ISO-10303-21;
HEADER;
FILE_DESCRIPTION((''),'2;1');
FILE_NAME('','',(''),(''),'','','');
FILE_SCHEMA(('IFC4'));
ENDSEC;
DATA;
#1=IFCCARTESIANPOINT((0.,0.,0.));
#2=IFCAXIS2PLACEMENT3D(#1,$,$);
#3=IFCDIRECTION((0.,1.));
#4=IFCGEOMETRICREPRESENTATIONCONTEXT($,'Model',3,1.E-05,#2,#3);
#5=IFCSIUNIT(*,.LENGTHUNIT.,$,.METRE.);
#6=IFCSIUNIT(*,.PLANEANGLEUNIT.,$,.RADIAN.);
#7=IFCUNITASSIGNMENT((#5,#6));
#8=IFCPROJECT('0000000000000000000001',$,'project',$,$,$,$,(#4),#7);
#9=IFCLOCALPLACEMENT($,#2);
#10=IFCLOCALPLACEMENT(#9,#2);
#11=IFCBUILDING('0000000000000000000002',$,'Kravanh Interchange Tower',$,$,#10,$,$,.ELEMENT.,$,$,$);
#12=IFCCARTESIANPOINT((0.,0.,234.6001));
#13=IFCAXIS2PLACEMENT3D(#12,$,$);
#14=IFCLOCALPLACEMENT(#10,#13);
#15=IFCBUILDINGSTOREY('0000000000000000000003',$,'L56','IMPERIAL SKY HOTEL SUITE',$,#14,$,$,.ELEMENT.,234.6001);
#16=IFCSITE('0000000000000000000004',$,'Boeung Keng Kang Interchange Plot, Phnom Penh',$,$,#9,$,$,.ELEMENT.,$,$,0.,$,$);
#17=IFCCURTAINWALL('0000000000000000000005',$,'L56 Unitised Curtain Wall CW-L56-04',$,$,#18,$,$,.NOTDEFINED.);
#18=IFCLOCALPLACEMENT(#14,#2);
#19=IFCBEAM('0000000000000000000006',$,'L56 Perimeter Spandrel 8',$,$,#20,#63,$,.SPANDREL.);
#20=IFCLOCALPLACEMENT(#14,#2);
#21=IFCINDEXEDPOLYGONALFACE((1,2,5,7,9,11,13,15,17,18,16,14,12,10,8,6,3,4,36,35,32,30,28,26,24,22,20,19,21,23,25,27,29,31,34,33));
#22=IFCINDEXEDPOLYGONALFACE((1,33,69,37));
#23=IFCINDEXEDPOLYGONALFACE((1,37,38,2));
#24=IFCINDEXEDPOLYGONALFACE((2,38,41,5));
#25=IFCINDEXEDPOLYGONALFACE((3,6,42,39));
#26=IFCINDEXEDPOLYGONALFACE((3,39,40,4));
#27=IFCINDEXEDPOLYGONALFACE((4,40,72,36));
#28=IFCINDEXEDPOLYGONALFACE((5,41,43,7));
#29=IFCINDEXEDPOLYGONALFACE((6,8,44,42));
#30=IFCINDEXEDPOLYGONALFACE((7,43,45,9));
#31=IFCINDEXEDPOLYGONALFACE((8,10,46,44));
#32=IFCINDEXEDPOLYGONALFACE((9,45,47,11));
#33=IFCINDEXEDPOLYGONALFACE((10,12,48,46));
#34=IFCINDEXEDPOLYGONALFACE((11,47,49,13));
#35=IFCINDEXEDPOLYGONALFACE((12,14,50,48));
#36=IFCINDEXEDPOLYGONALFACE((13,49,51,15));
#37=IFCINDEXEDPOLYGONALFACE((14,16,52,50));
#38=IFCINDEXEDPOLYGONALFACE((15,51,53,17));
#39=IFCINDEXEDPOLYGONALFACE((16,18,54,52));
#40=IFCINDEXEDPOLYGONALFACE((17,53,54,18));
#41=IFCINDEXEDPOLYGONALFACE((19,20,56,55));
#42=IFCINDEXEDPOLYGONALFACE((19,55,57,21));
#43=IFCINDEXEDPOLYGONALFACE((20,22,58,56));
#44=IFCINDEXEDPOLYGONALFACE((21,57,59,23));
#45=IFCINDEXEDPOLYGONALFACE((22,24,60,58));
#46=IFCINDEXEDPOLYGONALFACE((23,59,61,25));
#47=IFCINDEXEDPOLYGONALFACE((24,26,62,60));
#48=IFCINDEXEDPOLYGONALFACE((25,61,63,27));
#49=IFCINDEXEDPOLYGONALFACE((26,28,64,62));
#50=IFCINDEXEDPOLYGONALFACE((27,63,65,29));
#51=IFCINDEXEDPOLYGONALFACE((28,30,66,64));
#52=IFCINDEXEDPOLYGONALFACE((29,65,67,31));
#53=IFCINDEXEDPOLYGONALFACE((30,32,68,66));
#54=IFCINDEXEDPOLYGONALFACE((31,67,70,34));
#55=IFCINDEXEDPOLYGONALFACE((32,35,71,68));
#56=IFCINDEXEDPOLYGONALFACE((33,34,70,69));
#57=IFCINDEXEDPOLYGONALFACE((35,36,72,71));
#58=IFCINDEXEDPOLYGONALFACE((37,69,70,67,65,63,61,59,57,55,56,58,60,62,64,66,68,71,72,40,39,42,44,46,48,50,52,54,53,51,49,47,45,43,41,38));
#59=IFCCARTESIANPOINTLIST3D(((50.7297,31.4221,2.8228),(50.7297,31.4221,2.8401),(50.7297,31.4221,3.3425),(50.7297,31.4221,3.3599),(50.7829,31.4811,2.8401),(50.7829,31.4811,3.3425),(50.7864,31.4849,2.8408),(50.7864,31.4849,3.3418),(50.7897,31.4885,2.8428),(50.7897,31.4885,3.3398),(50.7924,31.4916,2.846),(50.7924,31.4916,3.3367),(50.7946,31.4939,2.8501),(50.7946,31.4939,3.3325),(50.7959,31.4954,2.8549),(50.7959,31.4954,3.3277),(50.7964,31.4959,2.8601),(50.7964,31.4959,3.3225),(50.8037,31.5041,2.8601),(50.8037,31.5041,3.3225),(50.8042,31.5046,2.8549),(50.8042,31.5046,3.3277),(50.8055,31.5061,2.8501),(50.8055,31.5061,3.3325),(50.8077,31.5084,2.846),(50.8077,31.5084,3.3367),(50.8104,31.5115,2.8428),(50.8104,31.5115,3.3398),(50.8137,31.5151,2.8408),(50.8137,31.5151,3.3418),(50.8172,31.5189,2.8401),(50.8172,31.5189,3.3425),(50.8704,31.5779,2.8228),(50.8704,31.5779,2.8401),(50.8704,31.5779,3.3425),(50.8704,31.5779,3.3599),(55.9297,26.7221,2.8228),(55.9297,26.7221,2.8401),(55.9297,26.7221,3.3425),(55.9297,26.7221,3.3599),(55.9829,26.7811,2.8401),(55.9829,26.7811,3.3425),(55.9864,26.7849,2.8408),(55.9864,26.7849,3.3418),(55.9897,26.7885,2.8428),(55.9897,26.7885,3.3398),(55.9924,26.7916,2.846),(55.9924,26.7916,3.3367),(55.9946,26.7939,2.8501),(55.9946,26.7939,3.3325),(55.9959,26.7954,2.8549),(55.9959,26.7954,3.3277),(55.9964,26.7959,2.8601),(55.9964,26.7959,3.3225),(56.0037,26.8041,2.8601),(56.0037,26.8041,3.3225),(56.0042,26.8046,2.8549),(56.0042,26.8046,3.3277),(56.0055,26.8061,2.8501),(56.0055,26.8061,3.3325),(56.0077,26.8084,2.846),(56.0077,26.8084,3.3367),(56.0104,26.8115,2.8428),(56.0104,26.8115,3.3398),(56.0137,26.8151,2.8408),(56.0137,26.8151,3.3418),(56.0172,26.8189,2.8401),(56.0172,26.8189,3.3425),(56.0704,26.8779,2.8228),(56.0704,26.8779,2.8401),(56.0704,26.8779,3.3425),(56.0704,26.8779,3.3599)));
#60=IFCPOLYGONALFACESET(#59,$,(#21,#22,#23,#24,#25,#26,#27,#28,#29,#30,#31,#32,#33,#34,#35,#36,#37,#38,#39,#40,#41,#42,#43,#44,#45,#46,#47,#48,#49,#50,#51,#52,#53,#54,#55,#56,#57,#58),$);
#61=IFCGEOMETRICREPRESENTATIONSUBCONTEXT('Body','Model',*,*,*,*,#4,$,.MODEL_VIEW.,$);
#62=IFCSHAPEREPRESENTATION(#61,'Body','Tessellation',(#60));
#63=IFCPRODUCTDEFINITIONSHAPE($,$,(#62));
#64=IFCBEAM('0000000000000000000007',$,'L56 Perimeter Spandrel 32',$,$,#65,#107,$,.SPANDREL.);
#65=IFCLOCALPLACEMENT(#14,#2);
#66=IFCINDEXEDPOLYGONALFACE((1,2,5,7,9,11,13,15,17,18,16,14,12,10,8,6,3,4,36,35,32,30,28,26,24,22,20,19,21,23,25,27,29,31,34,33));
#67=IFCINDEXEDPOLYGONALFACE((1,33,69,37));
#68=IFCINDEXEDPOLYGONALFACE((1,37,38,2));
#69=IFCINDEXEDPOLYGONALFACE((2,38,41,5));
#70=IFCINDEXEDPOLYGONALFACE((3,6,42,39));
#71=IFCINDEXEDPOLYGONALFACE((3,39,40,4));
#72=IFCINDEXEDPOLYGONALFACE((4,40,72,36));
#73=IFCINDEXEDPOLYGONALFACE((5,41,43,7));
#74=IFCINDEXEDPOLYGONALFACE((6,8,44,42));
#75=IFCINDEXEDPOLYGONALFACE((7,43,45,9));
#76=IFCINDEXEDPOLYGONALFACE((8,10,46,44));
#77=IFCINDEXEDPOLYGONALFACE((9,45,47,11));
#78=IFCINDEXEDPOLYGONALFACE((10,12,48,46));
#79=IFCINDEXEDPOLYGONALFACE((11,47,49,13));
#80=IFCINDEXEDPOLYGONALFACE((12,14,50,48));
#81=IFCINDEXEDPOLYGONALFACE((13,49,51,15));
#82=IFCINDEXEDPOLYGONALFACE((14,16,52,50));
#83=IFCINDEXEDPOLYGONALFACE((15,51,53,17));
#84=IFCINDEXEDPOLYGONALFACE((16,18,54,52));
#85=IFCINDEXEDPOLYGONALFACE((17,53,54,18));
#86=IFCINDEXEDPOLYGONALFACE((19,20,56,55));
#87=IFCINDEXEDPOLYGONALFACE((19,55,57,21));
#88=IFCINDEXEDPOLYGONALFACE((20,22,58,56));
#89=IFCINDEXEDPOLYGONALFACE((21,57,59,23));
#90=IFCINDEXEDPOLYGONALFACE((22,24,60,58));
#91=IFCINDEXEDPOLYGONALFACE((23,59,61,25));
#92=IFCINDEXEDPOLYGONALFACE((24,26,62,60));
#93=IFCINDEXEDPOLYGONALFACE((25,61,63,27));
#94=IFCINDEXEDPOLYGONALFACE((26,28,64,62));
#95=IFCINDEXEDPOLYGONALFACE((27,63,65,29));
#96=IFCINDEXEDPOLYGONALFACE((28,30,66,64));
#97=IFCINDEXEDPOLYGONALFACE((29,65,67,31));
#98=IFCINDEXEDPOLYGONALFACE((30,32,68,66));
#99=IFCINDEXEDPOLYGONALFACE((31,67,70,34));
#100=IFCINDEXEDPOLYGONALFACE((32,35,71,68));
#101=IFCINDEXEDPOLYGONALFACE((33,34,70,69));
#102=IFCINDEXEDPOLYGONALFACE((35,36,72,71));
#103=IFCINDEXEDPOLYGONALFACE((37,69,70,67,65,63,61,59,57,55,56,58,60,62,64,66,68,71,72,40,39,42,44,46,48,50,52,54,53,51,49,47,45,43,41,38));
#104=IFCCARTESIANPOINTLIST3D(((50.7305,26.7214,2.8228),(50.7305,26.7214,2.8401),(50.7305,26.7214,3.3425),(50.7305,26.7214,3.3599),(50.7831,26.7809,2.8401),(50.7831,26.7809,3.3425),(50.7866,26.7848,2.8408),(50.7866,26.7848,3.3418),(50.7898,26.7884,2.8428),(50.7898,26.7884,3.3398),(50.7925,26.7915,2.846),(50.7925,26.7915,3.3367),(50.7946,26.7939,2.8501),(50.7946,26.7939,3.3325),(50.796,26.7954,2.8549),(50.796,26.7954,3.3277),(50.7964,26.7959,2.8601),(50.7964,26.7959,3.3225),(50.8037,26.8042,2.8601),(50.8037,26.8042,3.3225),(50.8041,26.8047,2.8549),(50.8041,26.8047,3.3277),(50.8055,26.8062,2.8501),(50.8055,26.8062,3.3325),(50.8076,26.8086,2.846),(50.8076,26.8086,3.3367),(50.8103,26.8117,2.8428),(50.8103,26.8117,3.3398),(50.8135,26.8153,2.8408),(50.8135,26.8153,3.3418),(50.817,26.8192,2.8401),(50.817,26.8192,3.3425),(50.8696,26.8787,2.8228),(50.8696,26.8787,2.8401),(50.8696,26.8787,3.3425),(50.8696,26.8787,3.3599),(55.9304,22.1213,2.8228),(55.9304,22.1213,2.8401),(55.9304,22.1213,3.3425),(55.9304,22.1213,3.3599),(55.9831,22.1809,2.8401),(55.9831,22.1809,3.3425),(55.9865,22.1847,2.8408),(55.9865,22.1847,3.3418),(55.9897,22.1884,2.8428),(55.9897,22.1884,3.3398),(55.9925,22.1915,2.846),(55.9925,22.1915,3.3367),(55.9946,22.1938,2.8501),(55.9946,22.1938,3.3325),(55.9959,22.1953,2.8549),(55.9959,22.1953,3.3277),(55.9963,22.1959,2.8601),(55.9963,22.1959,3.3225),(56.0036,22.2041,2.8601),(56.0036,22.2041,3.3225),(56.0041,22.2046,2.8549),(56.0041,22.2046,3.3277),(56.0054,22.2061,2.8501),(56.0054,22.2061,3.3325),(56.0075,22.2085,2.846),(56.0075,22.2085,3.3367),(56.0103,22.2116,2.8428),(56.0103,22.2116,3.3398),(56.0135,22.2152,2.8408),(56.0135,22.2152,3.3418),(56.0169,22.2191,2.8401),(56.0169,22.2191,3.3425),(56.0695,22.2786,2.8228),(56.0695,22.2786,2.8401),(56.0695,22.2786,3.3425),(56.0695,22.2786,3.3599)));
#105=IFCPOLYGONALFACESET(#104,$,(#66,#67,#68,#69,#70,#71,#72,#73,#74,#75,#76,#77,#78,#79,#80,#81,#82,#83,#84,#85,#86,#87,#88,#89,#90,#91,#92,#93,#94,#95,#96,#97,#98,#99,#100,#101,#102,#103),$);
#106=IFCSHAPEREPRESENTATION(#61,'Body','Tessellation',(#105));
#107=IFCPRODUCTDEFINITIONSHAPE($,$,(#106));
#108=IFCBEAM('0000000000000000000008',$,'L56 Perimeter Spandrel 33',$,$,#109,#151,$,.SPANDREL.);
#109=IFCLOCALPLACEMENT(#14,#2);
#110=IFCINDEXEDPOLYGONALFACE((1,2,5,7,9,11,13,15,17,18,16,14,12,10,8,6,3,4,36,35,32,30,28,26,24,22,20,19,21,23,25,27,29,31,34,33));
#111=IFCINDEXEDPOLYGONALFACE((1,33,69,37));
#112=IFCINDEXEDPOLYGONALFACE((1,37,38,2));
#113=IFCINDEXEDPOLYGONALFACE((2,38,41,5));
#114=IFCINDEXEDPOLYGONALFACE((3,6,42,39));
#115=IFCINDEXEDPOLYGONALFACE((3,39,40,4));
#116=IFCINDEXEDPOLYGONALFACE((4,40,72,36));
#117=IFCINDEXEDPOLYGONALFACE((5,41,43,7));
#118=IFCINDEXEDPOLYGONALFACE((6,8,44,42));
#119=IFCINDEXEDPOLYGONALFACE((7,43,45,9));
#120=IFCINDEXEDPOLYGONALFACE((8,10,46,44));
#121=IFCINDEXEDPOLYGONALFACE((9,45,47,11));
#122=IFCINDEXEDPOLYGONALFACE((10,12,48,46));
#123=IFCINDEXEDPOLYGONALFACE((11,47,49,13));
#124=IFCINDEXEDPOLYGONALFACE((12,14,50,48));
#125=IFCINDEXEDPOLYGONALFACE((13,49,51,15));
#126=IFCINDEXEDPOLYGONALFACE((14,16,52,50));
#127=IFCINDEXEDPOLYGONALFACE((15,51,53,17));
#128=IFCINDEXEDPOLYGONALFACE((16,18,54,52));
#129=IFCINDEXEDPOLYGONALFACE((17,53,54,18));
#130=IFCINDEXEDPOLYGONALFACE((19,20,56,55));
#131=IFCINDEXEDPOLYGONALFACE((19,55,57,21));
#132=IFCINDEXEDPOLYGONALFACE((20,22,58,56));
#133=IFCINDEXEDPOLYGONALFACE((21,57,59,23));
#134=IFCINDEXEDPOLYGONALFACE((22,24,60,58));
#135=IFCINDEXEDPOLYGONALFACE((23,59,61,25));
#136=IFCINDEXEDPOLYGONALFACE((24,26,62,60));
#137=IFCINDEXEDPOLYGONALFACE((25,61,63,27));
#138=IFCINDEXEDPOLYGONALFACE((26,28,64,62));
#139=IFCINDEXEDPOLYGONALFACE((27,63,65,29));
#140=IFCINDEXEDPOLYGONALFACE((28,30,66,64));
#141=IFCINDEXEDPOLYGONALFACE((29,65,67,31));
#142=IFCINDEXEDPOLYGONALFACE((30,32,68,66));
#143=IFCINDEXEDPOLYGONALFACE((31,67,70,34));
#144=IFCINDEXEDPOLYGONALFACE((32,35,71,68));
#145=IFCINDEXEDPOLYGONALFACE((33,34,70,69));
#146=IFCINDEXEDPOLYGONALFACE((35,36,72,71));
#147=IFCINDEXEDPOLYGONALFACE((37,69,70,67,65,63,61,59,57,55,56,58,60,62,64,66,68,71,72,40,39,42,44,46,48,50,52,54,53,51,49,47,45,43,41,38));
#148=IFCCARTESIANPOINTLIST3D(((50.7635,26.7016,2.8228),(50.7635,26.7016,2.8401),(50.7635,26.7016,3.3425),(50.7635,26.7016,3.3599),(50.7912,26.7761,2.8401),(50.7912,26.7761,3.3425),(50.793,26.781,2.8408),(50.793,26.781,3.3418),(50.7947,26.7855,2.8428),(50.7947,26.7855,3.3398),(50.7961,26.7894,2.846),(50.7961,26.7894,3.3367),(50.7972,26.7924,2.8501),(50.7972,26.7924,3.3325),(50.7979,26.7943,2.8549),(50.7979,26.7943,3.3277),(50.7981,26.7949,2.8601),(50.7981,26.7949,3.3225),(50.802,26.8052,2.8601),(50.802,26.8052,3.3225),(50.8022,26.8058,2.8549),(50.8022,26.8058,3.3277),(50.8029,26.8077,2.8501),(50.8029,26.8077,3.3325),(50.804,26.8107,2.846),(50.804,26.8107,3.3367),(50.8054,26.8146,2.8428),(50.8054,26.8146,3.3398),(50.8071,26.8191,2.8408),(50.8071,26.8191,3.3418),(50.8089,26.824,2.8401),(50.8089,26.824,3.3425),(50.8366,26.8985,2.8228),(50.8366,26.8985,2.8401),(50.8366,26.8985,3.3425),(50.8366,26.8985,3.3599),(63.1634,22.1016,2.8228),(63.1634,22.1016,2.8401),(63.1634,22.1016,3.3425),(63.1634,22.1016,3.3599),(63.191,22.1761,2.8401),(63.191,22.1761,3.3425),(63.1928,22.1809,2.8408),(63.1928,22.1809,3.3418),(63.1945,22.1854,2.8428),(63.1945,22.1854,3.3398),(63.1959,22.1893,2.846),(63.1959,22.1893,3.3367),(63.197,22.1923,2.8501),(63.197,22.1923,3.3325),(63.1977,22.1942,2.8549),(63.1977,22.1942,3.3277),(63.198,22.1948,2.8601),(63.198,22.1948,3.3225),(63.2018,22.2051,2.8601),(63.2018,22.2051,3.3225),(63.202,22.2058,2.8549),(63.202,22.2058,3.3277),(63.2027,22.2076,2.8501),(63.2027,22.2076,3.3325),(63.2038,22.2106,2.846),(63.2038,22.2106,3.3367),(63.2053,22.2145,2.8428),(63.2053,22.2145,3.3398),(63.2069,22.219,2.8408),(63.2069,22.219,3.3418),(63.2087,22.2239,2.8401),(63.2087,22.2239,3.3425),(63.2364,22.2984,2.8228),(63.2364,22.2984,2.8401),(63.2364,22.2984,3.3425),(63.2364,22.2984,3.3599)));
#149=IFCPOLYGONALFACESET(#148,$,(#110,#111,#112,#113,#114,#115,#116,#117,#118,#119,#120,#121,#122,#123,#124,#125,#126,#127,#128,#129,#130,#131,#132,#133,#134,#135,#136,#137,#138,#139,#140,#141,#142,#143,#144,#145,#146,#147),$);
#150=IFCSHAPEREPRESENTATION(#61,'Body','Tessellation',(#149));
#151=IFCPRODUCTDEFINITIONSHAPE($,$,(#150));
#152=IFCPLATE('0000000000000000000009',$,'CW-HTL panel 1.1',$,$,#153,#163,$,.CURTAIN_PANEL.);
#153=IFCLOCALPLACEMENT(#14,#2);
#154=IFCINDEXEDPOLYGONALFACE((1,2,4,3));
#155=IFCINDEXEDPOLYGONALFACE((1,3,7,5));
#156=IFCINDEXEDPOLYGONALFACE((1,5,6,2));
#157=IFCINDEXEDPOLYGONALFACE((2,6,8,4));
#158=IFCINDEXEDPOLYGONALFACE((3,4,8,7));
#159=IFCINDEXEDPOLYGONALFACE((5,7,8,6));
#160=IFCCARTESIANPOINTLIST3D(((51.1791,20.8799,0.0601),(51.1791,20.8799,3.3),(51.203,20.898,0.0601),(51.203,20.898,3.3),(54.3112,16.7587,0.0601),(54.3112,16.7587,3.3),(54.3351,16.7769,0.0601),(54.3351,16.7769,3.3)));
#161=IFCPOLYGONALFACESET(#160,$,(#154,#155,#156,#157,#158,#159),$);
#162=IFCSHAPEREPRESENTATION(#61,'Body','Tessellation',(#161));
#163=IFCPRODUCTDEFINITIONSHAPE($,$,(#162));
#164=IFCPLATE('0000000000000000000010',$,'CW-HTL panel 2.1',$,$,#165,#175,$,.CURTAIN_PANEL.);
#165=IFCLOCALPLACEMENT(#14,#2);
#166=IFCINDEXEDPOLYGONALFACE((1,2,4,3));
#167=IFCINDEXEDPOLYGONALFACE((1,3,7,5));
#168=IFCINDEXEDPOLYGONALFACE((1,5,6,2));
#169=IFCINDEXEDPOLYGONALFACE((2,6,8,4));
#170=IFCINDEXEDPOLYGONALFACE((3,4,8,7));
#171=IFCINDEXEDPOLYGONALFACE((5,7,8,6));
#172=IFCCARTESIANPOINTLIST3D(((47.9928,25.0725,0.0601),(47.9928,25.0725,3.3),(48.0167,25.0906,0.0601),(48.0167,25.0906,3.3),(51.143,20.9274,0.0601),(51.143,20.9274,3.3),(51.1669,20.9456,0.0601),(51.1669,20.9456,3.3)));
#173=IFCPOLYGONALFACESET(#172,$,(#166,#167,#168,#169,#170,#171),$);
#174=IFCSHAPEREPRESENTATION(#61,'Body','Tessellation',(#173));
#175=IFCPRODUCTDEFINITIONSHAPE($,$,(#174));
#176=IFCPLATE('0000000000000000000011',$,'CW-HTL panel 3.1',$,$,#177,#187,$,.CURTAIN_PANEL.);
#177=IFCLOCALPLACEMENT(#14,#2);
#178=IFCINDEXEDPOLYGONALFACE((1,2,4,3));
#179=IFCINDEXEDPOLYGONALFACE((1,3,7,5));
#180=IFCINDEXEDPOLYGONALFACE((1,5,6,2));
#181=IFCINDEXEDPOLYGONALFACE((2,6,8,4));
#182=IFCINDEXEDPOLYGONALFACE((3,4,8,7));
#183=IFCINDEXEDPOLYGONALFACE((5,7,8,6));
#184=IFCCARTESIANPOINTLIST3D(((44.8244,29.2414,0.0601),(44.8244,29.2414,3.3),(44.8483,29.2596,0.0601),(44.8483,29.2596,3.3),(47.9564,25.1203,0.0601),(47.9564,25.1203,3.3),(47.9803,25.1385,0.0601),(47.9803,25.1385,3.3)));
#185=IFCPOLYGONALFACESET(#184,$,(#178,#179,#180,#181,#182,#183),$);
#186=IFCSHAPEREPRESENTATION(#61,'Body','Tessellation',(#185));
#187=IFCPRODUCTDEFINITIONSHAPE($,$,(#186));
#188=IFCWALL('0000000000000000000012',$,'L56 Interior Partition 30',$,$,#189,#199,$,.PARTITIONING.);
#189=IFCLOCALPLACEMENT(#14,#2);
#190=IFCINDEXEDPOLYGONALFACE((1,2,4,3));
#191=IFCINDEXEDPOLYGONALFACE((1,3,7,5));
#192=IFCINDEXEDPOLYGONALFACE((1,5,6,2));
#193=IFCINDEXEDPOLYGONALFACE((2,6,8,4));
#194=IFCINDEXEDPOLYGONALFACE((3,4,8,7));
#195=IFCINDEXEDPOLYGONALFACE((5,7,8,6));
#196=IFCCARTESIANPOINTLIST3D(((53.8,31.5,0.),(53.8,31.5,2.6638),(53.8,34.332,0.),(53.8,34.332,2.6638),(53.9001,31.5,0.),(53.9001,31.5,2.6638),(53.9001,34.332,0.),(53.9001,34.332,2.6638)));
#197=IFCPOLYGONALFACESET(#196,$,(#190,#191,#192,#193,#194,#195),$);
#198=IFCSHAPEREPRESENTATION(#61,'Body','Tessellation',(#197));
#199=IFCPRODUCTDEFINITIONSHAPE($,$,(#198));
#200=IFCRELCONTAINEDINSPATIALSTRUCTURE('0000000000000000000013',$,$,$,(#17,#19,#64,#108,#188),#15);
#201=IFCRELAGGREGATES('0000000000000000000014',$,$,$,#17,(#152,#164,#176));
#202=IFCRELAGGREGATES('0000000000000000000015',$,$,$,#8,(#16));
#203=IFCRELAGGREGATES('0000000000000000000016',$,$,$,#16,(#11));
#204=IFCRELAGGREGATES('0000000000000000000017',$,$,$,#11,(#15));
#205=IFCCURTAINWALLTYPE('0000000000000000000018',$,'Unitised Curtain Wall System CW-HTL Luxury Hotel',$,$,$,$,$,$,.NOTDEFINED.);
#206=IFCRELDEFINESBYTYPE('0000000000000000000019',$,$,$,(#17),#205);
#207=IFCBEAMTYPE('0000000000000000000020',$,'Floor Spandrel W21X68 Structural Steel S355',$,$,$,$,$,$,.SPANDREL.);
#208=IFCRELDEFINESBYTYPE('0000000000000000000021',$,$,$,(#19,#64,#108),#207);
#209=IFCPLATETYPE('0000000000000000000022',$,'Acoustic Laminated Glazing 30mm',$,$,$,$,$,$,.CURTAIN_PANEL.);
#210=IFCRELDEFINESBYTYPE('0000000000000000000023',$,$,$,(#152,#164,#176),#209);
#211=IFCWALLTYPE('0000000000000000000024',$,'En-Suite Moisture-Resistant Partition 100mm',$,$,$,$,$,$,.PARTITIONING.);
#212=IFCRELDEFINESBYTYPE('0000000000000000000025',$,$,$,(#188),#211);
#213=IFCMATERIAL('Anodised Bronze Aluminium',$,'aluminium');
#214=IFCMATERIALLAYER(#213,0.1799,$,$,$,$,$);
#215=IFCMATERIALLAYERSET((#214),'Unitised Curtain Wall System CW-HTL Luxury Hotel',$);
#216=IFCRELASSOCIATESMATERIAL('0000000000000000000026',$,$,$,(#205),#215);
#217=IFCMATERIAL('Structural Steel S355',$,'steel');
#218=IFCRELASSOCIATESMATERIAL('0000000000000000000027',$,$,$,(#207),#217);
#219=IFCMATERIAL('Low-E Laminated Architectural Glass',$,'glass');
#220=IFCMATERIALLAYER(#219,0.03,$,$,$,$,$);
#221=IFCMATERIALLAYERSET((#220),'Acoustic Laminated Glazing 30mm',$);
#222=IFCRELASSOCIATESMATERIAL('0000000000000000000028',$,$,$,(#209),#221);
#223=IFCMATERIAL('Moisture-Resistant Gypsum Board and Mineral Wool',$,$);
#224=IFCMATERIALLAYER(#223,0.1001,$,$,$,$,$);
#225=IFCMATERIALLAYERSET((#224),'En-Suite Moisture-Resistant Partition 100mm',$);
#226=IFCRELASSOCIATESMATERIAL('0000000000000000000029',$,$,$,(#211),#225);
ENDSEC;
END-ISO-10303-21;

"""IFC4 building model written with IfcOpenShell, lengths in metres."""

from ifc_helpers import new_model, si_unit, direction, frame, frame_2d, origin, origin_2d, place, context, subcontext, project, spatial, rectangle, i_section, extrude, material, layer, layer_set, material_profile, profile_set, type_object, element, aggregate, save


model = new_model("IFC4")

# Units and contexts
model_context = context("Model", 3, precision=1e-05, world=origin(), true_north=direction((0.0, 1.0)))
body_context = subcontext(model_context, "Body", "Model", "MODEL_VIEW")
ifc_project = project(units=[si_unit("LENGTHUNIT", "METRE"), si_unit("PLANEANGLEUNIT", "RADIAN")], contexts=[model_context])

# Site, building, storey
site_placement = place(None, origin())
site = spatial("IfcSite", under=ifc_project, at=site_placement, Name="Boeung Keng Kang Interchange Plot, Phnom Penh", CompositionType="ELEMENT", RefElevation=0.0)
building_placement = place(site_placement, origin())
building = spatial("IfcBuilding", under=site, at=building_placement, Name="Kravanh Interchange Tower", CompositionType="ELEMENT")
storey_placement = place(building_placement, frame((0.0, 0.0, 234.6001)))
storey = spatial("IfcBuildingStorey", under=building, at=storey_placement, Name="L56", Description="IMPERIAL SKY HOTEL SUITE", CompositionType="ELEMENT", Elevation=234.6001)

# Shared definitions
ifc_material_1 = material(Name="Anodised Bronze Aluminium", Category="aluminium")
ifc_layer_1 = layer(ifc_material_1, 0.1799)
ifc_layer_set_1 = layer_set([ifc_layer_1], Name="Unitised Curtain Wall System CW-HTL Luxury Hotel")
curtain_wall_type = type_object("IfcCurtainWallType", Name="Unitised Curtain Wall System CW-HTL Luxury Hotel", PredefinedType="NOTDEFINED", material=ifc_layer_set_1)

# Curtain wall
curtain_wall_1_placement = place(storey_placement, origin())
curtain_wall_1 = element("IfcCurtainWall", 1, at=curtain_wall_1_placement, inside=storey, type_object=curtain_wall_type, Name="L56 Unitised Curtain Wall CW-L56-04", PredefinedType="NOTDEFINED")

# Beams
ifc_material_2 = material(Name="Structural Steel S355", Category="steel")
ifc_material_profile_1 = material_profile(ifc_material_2, i_section(OverallWidth=0.21, OverallDepth=0.5371, WebThickness=0.011, FlangeThickness=0.0173, FilletRadius=0.02, at=origin_2d()), Name="W21X68")
ifc_profile_set_1 = profile_set([ifc_material_profile_1], Name="Structural Steel S355")
beam_type_1 = type_object("IfcBeamType", Name="Floor Spandrel W21X68 Structural Steel S355", PredefinedType="SPANDREL", material=ifc_profile_set_1)
beam_1_placement = place(storey_placement, frame((50.8, 31.5, 3.0913), z_axis=(0.741874, -0.670539, 0.0), x_axis=(0.670539, 0.741874, 0.0)))
element("IfcBeam", 2, at=beam_1_placement, inside=storey, type_object=beam_type_1, Name="L56 Perimeter Spandrel 8", PredefinedType="SPANDREL", context=body_context, shape_type="SweptSolid", body=[
    extrude(i_section(OverallWidth=0.21, OverallDepth=0.5371, WebThickness=0.011, FlangeThickness=0.0173, FilletRadius=0.02, at=origin_2d()), origin(), (0.0, 0.0, 1.0), 7.0093),
])
beam_2_placement = place(storey_placement, frame((50.8, 26.8, 3.0913), z_axis=(0.748986, -0.662585, 0.0), x_axis=(0.662585, 0.748986, 0.0)))
element("IfcBeam", 3, at=beam_2_placement, inside=storey, type_object=beam_type_1, Name="L56 Perimeter Spandrel 32", PredefinedType="SPANDREL", context=body_context, shape_type="SweptSolid", body=[
    extrude(i_section(OverallWidth=0.21, OverallDepth=0.5371, WebThickness=0.011, FlangeThickness=0.0173, FilletRadius=0.02, at=origin_2d()), origin(), (0.0, 0.0, 1.0), 6.9426),
])
beam_3_placement = place(storey_placement, frame((50.8, 26.8, 3.0913), z_axis=(0.937563, -0.347816, 0.0), x_axis=(0.347816, 0.937563, 0.0)))
element("IfcBeam", 4, at=beam_3_placement, inside=storey, type_object=beam_type_1, Name="L56 Perimeter Spandrel 33", PredefinedType="SPANDREL", context=body_context, shape_type="SweptSolid", body=[
    extrude(i_section(OverallWidth=0.21, OverallDepth=0.5371, WebThickness=0.011, FlangeThickness=0.0173, FilletRadius=0.02, at=origin_2d()), origin(), (0.0, 0.0, 1.0), 13.2256),
])

# Plates
ifc_material_3 = material(Name="Low-E Laminated Architectural Glass", Category="glass")
ifc_layer_2 = layer(ifc_material_3, 0.03)
ifc_layer_set_2 = layer_set([ifc_layer_2], Name="Acoustic Laminated Glazing 30mm")
plate_type = type_object("IfcPlateType", Name="Acoustic Laminated Glazing 30mm", PredefinedType="CURTAIN_PANEL", material=ifc_layer_set_2)
plate_1_placement = place(storey_placement, frame((52.7571, 18.8284, 0.0601), z_axis=(0.0, 0.0, 1.0), x_axis=(-0.605083, 0.796162, 0.0)))
plate_1 = element("IfcPlate", 5, at=plate_1_placement, type_object=plate_type, Name="CW-HTL panel 1.1", PredefinedType="CURTAIN_PANEL", context=body_context, shape_type="SweptSolid", body=[
    extrude(rectangle(XDim=5.1763, YDim=0.03, at=origin_2d()), origin(), (0.0, 0.0, 1.0), 3.24),
])
plate_2_placement = place(storey_placement, frame((49.5798, 23.009, 0.0601), z_axis=(0.0, 0.0, 1.0), x_axis=(-0.605083, 0.796162, 0.0)))
plate_2 = element("IfcPlate", 6, at=plate_2_placement, type_object=plate_type, Name="CW-HTL panel 2.1", PredefinedType="CURTAIN_PANEL", context=body_context, shape_type="SweptSolid", body=[
    extrude(rectangle(XDim=5.2063, YDim=0.03, at=origin_2d()), origin(), (0.0, 0.0, 1.0), 3.24),
])
plate_3_placement = place(storey_placement, frame((46.4023, 27.1899, 0.0601), z_axis=(0.0, 0.0, 1.0), x_axis=(-0.605083, 0.796162, 0.0)))
plate_3 = element("IfcPlate", 7, at=plate_3_placement, type_object=plate_type, Name="CW-HTL panel 3.1", PredefinedType="CURTAIN_PANEL", context=body_context, shape_type="SweptSolid", body=[
    extrude(rectangle(XDim=5.1763, YDim=0.03, at=origin_2d()), origin(), (0.0, 0.0, 1.0), 3.24),
])
aggregate(curtain_wall_1, [plate_1, plate_2, plate_3])

# Wall
ifc_material_4 = material(Name="Moisture-Resistant Gypsum Board and Mineral Wool")
ifc_layer_3 = layer(ifc_material_4, 0.1001)
ifc_layer_set_3 = layer_set([ifc_layer_3], Name="En-Suite Moisture-Resistant Partition 100mm")
wall_type_1 = type_object("IfcWallType", Name="En-Suite Moisture-Resistant Partition 100mm", PredefinedType="PARTITIONING", material=ifc_layer_set_3)
wall_1_placement = place(storey_placement, frame((53.8501, 31.5, 0.0), z_axis=(0.0, 0.0, 1.0), x_axis=(0.0, 1.0, 0.0)))
element("IfcWall", 8, at=wall_1_placement, inside=storey, type_object=wall_type_1, Name="L56 Interior Partition 30", PredefinedType="PARTITIONING", context=body_context, shape_type="SweptSolid", body=[
    extrude(rectangle(XDim=2.832, YDim=0.1001, at=frame_2d((1.416, 0.0))), origin(), (0.0, 0.0, 1.0), 2.6638),
])

save(model, "model.ifc")
